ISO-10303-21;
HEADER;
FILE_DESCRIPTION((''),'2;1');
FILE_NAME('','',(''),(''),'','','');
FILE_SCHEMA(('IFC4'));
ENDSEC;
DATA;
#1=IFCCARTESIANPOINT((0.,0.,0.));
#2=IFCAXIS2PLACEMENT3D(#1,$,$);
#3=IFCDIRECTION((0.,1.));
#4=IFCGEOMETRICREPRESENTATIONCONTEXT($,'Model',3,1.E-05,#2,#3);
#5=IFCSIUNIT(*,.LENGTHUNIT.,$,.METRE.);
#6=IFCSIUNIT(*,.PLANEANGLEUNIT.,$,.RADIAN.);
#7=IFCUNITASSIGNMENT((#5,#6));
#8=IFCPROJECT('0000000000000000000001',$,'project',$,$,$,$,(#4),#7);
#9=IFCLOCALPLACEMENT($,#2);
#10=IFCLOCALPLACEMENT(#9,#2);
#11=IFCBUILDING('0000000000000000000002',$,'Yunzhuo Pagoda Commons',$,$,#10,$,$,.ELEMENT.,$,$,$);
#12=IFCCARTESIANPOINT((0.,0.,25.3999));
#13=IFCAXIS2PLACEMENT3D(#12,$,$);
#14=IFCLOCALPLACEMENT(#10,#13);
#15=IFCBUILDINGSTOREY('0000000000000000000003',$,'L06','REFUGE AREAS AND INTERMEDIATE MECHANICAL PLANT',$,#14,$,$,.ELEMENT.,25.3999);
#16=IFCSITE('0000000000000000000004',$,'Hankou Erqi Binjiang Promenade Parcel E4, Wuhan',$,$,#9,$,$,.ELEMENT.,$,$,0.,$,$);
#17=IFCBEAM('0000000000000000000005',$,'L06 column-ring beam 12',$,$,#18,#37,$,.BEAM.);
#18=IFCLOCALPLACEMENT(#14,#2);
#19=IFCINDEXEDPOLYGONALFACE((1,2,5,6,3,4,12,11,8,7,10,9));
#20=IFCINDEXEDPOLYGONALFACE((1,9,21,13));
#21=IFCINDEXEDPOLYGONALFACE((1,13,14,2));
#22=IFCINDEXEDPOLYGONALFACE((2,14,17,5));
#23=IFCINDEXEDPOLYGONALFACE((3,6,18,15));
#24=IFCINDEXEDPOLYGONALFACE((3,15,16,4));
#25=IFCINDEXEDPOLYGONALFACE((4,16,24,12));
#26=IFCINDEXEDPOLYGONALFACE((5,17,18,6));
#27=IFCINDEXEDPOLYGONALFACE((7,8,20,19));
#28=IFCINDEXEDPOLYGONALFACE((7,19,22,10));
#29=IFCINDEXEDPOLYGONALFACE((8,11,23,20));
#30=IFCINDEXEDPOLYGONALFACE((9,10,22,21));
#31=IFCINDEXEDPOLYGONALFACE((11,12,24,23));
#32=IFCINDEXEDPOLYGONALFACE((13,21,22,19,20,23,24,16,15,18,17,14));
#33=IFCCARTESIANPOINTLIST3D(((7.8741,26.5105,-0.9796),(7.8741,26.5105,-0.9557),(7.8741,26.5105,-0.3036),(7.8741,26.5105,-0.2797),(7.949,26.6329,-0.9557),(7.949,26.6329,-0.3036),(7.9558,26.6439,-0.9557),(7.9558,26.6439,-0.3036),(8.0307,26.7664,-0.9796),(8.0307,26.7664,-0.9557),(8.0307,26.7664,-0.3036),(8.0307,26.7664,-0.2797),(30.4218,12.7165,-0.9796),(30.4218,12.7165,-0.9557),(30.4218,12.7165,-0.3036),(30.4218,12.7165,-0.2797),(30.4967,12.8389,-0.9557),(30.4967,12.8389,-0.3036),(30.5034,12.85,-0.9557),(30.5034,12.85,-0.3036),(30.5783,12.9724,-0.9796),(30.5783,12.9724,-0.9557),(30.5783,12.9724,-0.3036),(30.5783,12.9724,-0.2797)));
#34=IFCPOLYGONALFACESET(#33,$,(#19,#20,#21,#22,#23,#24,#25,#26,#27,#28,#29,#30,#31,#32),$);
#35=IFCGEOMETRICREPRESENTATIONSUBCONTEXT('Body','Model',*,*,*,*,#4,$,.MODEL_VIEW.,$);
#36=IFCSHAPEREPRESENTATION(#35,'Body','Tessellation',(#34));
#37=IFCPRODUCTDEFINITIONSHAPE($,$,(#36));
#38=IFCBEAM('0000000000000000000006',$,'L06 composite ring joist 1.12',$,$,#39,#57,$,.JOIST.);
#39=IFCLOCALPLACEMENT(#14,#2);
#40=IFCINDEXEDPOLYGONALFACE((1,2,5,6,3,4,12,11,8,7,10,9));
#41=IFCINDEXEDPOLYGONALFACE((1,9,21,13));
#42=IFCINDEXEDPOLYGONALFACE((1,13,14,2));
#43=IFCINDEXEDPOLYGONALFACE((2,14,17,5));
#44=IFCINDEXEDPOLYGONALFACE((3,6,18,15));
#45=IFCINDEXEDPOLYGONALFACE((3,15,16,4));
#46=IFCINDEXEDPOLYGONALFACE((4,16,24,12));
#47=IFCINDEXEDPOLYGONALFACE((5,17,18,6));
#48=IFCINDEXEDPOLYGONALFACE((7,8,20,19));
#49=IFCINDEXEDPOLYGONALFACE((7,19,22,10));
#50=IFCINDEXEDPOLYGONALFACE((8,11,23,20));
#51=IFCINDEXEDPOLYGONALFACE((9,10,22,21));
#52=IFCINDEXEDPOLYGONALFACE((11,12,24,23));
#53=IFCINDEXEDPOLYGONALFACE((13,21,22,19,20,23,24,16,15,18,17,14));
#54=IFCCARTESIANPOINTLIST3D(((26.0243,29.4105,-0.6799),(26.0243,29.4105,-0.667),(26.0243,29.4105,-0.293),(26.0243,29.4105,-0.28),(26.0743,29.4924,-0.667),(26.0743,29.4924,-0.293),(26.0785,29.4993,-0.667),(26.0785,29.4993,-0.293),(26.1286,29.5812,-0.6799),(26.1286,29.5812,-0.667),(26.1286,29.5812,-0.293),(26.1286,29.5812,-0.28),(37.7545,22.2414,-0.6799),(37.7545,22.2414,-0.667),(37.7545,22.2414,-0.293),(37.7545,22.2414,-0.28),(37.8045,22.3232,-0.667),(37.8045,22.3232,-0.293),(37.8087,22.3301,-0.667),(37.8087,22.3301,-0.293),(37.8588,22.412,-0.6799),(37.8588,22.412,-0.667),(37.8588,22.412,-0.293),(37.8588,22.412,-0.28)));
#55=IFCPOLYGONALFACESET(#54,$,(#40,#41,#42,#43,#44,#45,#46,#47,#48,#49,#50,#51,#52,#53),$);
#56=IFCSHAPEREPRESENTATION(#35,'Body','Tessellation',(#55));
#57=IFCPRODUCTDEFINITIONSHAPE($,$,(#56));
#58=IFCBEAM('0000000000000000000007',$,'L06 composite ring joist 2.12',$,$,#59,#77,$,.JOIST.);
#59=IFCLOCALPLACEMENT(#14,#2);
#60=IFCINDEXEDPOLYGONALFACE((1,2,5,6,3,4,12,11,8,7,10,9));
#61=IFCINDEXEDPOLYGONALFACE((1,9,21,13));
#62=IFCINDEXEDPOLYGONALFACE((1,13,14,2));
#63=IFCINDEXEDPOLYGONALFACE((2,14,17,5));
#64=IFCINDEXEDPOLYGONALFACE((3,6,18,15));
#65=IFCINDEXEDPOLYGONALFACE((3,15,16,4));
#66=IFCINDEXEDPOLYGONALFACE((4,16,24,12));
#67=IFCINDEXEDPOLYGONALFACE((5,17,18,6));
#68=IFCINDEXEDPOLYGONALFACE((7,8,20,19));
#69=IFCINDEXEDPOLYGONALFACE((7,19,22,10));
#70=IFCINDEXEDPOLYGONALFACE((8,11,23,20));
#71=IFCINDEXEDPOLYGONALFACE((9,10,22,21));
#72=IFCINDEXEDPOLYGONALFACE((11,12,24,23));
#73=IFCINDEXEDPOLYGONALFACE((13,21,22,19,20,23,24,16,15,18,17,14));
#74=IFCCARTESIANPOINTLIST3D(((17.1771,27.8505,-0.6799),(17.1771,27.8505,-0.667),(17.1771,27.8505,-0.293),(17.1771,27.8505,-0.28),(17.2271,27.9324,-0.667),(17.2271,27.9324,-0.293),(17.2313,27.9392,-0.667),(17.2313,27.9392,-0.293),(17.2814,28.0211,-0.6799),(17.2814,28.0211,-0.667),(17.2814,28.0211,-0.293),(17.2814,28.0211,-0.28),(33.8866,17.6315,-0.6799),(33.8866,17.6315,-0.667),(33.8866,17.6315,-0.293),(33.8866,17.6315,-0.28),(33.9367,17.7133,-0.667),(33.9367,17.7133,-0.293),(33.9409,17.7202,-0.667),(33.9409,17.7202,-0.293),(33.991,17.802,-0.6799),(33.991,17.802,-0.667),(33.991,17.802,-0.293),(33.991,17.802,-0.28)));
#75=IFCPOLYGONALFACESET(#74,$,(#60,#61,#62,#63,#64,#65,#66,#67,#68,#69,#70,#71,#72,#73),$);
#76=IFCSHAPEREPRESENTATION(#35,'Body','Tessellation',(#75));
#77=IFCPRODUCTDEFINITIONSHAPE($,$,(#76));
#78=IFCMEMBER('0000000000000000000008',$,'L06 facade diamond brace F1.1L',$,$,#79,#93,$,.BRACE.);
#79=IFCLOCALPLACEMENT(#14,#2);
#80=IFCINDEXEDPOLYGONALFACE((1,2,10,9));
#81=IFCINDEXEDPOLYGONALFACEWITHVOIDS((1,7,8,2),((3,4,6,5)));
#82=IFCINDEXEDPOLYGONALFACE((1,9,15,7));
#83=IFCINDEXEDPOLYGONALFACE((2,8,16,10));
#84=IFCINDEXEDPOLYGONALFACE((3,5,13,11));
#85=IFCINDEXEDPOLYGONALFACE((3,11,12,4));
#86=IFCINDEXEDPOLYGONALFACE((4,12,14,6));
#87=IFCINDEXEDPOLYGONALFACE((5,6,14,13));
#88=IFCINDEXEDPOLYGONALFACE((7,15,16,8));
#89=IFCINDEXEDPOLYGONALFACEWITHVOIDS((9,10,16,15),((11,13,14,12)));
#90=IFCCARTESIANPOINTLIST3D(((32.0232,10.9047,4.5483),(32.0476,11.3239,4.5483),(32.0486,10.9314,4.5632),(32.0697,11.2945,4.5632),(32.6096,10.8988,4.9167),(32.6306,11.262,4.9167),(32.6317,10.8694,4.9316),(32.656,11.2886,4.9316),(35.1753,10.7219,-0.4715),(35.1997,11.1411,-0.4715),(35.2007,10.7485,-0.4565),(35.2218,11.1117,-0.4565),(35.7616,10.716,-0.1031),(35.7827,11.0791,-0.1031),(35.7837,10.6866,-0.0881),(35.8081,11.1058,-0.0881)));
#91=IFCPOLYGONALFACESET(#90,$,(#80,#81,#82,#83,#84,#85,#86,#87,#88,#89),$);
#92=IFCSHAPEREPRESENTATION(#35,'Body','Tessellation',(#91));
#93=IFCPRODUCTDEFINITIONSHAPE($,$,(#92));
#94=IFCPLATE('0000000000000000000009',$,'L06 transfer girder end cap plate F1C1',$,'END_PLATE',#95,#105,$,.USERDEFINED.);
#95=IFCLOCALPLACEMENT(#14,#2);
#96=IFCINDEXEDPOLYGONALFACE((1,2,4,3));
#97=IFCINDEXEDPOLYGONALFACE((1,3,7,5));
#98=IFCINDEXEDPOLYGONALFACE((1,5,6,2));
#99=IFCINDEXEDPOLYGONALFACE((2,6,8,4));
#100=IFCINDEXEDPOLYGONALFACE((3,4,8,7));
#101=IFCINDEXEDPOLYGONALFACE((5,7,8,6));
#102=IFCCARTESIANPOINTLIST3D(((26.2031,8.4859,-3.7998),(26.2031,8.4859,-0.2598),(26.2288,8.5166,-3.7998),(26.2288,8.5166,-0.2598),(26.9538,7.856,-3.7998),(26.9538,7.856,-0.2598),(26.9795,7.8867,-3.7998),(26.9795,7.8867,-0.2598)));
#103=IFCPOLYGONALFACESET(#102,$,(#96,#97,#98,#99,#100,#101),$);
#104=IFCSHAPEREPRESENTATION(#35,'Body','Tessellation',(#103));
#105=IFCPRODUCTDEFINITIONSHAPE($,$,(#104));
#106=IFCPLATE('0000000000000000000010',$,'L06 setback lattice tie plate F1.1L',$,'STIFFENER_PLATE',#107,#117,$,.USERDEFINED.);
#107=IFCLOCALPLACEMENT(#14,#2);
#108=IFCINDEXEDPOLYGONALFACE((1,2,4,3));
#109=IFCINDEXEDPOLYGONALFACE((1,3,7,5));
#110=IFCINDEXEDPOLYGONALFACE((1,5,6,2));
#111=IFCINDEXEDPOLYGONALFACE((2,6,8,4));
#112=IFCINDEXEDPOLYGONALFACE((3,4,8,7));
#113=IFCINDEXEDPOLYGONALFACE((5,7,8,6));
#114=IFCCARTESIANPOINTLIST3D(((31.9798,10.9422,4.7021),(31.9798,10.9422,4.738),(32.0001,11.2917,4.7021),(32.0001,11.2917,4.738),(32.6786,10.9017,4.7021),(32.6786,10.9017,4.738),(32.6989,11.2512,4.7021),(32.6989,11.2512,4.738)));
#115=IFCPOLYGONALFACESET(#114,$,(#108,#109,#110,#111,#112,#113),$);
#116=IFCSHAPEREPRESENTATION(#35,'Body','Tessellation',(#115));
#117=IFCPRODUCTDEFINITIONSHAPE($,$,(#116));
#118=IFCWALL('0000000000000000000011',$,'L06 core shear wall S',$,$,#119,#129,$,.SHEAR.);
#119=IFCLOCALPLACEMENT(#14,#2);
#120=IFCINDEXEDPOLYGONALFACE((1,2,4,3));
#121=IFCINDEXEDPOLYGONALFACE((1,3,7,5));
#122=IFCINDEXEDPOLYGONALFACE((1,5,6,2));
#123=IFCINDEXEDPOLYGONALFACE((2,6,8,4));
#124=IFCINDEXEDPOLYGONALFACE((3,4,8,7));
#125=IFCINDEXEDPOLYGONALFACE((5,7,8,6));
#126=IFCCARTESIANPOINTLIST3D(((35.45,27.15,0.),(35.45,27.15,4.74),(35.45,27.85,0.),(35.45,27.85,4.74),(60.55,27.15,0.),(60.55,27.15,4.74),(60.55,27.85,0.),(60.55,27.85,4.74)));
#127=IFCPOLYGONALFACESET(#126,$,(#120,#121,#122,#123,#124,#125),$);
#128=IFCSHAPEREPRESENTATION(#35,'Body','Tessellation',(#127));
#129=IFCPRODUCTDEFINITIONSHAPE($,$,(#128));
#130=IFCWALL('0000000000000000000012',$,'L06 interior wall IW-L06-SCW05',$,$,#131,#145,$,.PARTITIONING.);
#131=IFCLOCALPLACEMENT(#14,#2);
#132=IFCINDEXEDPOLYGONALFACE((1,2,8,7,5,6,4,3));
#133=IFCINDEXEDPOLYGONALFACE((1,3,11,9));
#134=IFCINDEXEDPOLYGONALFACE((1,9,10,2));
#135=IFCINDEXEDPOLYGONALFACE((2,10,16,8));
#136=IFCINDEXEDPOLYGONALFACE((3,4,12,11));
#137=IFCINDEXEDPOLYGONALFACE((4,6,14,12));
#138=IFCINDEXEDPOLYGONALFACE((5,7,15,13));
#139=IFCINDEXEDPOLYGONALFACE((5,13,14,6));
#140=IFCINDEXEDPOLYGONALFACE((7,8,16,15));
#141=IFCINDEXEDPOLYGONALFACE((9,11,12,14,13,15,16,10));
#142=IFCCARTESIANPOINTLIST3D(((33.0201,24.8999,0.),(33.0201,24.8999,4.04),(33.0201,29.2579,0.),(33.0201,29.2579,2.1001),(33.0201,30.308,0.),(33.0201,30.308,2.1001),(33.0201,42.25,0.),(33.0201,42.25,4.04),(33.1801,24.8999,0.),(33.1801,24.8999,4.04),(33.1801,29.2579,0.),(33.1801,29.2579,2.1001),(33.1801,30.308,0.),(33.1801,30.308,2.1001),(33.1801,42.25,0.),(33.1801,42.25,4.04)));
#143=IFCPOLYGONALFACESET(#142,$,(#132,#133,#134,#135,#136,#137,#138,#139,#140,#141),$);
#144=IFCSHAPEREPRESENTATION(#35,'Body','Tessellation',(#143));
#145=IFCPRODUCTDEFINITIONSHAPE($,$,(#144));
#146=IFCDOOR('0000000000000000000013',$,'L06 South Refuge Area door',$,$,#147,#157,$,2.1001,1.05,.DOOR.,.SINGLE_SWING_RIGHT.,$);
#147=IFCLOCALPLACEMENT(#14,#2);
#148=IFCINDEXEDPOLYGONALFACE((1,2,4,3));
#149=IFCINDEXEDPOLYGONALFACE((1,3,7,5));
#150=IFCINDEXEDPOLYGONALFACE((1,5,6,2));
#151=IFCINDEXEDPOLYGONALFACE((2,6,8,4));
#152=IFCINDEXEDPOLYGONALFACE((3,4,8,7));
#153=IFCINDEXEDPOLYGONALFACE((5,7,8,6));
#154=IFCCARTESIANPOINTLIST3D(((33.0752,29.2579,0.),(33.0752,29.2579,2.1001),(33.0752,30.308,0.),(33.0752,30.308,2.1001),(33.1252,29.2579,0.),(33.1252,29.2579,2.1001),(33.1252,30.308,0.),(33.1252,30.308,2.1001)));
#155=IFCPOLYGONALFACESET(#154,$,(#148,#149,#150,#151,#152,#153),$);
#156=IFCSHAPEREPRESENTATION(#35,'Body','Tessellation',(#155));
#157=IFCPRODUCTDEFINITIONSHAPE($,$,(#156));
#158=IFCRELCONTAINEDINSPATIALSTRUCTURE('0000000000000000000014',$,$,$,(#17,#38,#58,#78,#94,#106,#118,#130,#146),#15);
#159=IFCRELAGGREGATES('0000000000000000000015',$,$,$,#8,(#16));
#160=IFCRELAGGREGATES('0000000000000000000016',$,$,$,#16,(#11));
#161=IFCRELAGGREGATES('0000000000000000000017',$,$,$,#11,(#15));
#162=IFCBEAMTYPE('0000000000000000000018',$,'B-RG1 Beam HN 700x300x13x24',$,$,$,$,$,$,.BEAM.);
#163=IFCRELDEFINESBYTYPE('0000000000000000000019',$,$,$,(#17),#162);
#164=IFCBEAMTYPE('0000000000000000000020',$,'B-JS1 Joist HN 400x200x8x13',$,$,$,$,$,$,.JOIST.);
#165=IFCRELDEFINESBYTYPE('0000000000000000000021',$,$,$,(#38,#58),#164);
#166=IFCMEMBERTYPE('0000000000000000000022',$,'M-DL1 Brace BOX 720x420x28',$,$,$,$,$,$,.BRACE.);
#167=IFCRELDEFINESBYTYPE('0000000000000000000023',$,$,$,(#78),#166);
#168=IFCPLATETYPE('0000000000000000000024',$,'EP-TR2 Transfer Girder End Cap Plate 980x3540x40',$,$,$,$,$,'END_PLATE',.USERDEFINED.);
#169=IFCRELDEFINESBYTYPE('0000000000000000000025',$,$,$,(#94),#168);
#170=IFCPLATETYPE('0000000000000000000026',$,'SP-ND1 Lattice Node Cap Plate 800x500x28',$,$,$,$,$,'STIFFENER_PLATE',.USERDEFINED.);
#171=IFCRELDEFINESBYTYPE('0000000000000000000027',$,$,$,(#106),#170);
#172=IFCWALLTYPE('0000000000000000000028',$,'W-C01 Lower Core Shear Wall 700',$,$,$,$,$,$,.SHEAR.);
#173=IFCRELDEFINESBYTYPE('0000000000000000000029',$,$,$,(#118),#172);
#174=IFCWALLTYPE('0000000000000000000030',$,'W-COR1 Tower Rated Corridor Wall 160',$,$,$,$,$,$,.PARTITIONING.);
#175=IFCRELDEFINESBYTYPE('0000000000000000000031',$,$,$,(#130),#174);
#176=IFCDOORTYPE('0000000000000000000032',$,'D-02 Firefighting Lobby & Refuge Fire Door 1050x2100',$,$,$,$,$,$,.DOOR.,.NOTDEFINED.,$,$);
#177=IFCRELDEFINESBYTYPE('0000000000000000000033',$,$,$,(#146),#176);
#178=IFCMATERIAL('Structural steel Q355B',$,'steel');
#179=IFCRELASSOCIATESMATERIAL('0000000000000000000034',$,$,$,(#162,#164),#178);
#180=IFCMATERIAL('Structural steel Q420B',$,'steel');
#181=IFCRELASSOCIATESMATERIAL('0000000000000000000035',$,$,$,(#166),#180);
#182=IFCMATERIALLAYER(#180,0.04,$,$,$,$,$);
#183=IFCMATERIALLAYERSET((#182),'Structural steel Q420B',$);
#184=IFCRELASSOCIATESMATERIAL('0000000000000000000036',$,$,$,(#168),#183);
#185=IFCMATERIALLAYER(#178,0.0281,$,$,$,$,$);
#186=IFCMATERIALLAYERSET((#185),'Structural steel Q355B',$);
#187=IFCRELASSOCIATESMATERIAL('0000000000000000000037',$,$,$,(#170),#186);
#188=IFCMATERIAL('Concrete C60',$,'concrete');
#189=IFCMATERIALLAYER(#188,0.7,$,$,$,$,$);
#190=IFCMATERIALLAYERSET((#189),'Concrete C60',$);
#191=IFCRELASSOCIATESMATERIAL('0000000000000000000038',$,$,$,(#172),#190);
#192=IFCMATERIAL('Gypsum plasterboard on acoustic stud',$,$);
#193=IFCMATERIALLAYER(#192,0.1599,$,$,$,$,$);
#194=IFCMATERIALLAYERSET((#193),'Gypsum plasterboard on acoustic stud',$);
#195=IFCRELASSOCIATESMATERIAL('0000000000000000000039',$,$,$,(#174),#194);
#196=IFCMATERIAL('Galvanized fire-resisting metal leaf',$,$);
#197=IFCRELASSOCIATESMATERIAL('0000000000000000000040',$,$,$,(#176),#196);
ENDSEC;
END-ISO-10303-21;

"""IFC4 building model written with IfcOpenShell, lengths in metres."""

from ifc_helpers import new_model, si_unit, direction, frame, frame_2d, origin, origin_with_axes, origin_2d, place, context, subcontext, project, spatial, rectangle, hollow_rectangle, i_section, extrude, source, transform, mapped, material, layer, layer_set, material_profile, profile_set, type_object, element, fill, save


model = new_model("IFC4")

# Units and contexts
model_context = context("Model", 3, precision=1e-05, world=origin(), true_north=direction((0.0, 1.0)))
body_context = subcontext(model_context, "Body", "Model", "MODEL_VIEW")
ifc_project = project(units=[si_unit("LENGTHUNIT", "METRE"), si_unit("PLANEANGLEUNIT", "RADIAN")], contexts=[model_context])

# Site, building, storey
site_placement = place(None, origin())
site = spatial("IfcSite", under=ifc_project, at=site_placement, Name="Hankou Erqi Binjiang Promenade Parcel E4, Wuhan", CompositionType="ELEMENT", RefElevation=0.0)
building_placement = place(site_placement, origin())
building = spatial("IfcBuilding", under=site, at=building_placement, Name="Yunzhuo Pagoda Commons", CompositionType="ELEMENT")
storey_placement = place(building_placement, frame((0.0, 0.0, 25.3999)))
storey = spatial("IfcBuildingStorey", under=building, at=storey_placement, Name="L06", Description="REFUGE AREAS AND INTERMEDIATE MECHANICAL PLANT", CompositionType="ELEMENT", Elevation=25.3999)

# Shared definitions
ifc_material_1 = material(Name="Structural steel Q420B", Category="steel")

# Beams
ifc_material_2 = material(Name="Structural steel Q355B", Category="steel")
ifc_material_profile_1 = material_profile(ifc_material_2, i_section(OverallWidth=0.3, OverallDepth=0.7, WebThickness=0.0129, FlangeThickness=0.0239, at=origin_2d()), Name="Structural steel Q355B")
ifc_profile_set_1 = profile_set([ifc_material_profile_1], Name="Structural steel Q355B")
beam_type_1 = type_object("IfcBeamType", Name="B-RG1 Beam HN 700x300x13x24", PredefinedType="BEAM", material=ifc_profile_set_1)
ifc_material_profile_2 = material_profile(ifc_material_2, i_section(OverallWidth=0.2, OverallDepth=0.3999, WebThickness=0.0081, FlangeThickness=0.0129, at=origin_2d()), Name="Structural steel Q355B")
ifc_profile_set_2 = profile_set([ifc_material_profile_2], Name="Structural steel Q355B")
beam_type_2 = type_object("IfcBeamType", Name="B-JS1 Joist HN 400x200x8x13", PredefinedType="JOIST", material=ifc_profile_set_2)
shared_shape_1 = source(origin(), body_context, "Body", "SweptSolid", [
    extrude(i_section(OverallWidth=0.3, OverallDepth=0.7, WebThickness=0.0129, FlangeThickness=0.0239, at=origin_2d()), origin(), (0.0, 0.0, 1.0), 26.4324),
])
beam_1_placement = place(storey_placement, frame((7.9524, 26.6384, -0.6296), z_axis=(0.853032, -0.521859, 0.0), x_axis=(0.521859, 0.853032, 0.0)))
element("IfcBeam", 1, at=beam_1_placement, inside=storey, type_object=beam_type_1, Name="L06 column-ring beam 12", PredefinedType="BEAM", context=body_context, shape_type="MappedRepresentation", body=[
    mapped(shared_shape_1, transform((0.0, 0.0, 0.0), scale=1.0)),
])
shared_shape_2 = source(origin(), body_context, "Body", "SweptSolid", [
    extrude(i_section(OverallWidth=0.2, OverallDepth=0.3999, WebThickness=0.0081, FlangeThickness=0.0129, at=origin_2d()), origin(), (0.0, 0.0, 1.0), 13.7476),
])
beam_2_placement = place(storey_placement, frame((26.0764, 29.4958, -0.48), z_axis=(0.853259, -0.521488, 0.0), x_axis=(0.521488, 0.853259, 0.0)))
element("IfcBeam", 2, at=beam_2_placement, inside=storey, type_object=beam_type_2, Name="L06 composite ring joist 1.12", PredefinedType="JOIST", context=body_context, shape_type="MappedRepresentation", body=[
    mapped(shared_shape_2, transform((0.0, 0.0, 0.0), scale=1.0)),
])
shared_shape_3 = source(origin(), body_context, "Body", "SweptSolid", [
    extrude(i_section(OverallWidth=0.2, OverallDepth=0.3999, WebThickness=0.0081, FlangeThickness=0.0129, at=origin_2d()), origin(), (0.0, 0.0, 1.0), 19.5867),
])
beam_3_placement = place(storey_placement, frame((17.2292, 27.9358, -0.48), z_axis=(0.853108, -0.521734, 0.0), x_axis=(0.521734, 0.853108, 0.0)))
element("IfcBeam", 3, at=beam_3_placement, inside=storey, type_object=beam_type_2, Name="L06 composite ring joist 2.12", PredefinedType="JOIST", context=body_context, shape_type="MappedRepresentation", body=[
    mapped(shared_shape_3, transform((0.0, 0.0, 0.0), scale=1.0)),
])

# Member
ifc_material_profile_3 = material_profile(ifc_material_1, hollow_rectangle(XDim=0.4199, YDim=0.72, WallThickness=0.0281, at=origin_2d()), Name="Structural steel Q420B")
ifc_profile_set_3 = profile_set([ifc_material_profile_3], Name="Structural steel Q420B")
member_type = type_object("IfcMemberType", Name="M-DL1 Brace BOX 720x420x28", PredefinedType="BRACE", material=ifc_profile_set_3)
shared_shape_4 = source(origin(), body_context, "Body", "SweptSolid", [
    extrude(hollow_rectangle(XDim=0.4199, YDim=0.72, WallThickness=0.0281, at=origin_2d()), origin(), (0.0, 0.0, 1.0), 5.9302),
])
member_placement = place(storey_placement, frame((35.4917, 10.9138, -0.2798), z_axis=(-0.531533, 0.030836, 0.846476), x_axis=(-0.057915, -0.998322, 0.0)))
element("IfcMember", 4, at=member_placement, inside=storey, type_object=member_type, Name="L06 facade diamond brace F1.1L", PredefinedType="BRACE", context=body_context, shape_type="MappedRepresentation", body=[
    mapped(shared_shape_4, transform((0.0, 0.0, 0.0), scale=1.0)),
])

# Plates
ifc_layer_1 = layer(ifc_material_1, 0.04)
ifc_layer_set_1 = layer_set([ifc_layer_1], Name="Structural steel Q420B")
plate_type_1 = type_object("IfcPlateType", Name="EP-TR2 Transfer Girder End Cap Plate 980x3540x40", ElementType="END_PLATE", PredefinedType="USERDEFINED", material=ifc_layer_set_1)
shared_shape_5 = source(origin(), body_context, "Body", "SweptSolid", [
    extrude(rectangle(XDim=0.98, YDim=0.04, at=origin_2d()), origin(), (0.0, 0.0, 1.0), 3.54),
])
plate_1_placement = place(storey_placement, frame((26.5913, 8.1863, -3.7998), z_axis=(0.0, 0.0, 1.0), x_axis=(0.766044, -0.642788, 0.0)))
element("IfcPlate", 5, at=plate_1_placement, inside=storey, type_object=plate_type_1, Name="L06 transfer girder end cap plate F1C1", ObjectType="END_PLATE", PredefinedType="USERDEFINED", context=body_context, shape_type="MappedRepresentation", body=[
    mapped(shared_shape_5, transform((0.0, 0.0, 0.0), scale=1.0)),
])
ifc_layer_2 = layer(ifc_material_2, 0.0281)
ifc_layer_set_2 = layer_set([ifc_layer_2], Name="Structural steel Q355B")
plate_type_2 = type_object("IfcPlateType", Name="SP-ND1 Lattice Node Cap Plate 800x500x28", ElementType="STIFFENER_PLATE", PredefinedType="USERDEFINED", material=ifc_layer_set_2)
shared_shape_6 = source(origin(), body_context, "Body", "SweptSolid", [
    extrude(rectangle(XDim=0.7, YDim=0.3501, at=origin_2d()), origin(), (0.0, 0.0, 1.0), 0.0359),
])
plate_2_placement = place(storey_placement, frame((32.3394, 11.0967, 4.7021), z_axis=(0.0, 0.0, 1.0), x_axis=(0.998323, -0.057895, 0.0)))
element("IfcPlate", 6, at=plate_2_placement, inside=storey, type_object=plate_type_2, Name="L06 setback lattice tie plate F1.1L", ObjectType="STIFFENER_PLATE", PredefinedType="USERDEFINED", context=body_context, shape_type="MappedRepresentation", body=[
    mapped(shared_shape_6, transform((0.0, 0.0, 0.0), scale=1.0)),
])

# Wall
ifc_material_3 = material(Name="Concrete C60", Category="concrete")
ifc_layer_3 = layer(ifc_material_3, 0.7)
ifc_layer_set_3 = layer_set([ifc_layer_3], Name="Concrete C60")
wall_type_1 = type_object("IfcWallType", Name="W-C01 Lower Core Shear Wall 700", PredefinedType="SHEAR", material=ifc_layer_set_3)
wall_1_placement = place(storey_placement, frame((35.45, 27.5, 0.0), z_axis=(0.0, 0.0, 1.0), x_axis=(1.0, 0.0, 0.0)))
element("IfcWall", 7, at=wall_1_placement, inside=storey, type_object=wall_type_1, Name="L06 core shear wall S", PredefinedType="SHEAR", context=body_context, shape_type="SweptSolid", body=[
    extrude(rectangle(XDim=25.1001, YDim=0.7, at=frame_2d((12.55, 0.0))), origin(), (0.0, 0.0, 1.0), 4.74),
])

# Wall, opening, door
ifc_material_4 = material(Name="Gypsum plasterboard on acoustic stud")
ifc_layer_4 = layer(ifc_material_4, 0.1599)
ifc_layer_set_4 = layer_set([ifc_layer_4], Name="Gypsum plasterboard on acoustic stud")
wall_type_2 = type_object("IfcWallType", Name="W-COR1 Tower Rated Corridor Wall 160", PredefinedType="PARTITIONING", material=ifc_layer_set_4)
wall_2_placement = place(storey_placement, frame((33.1001, 24.8999, 0.0), z_axis=(0.0, 0.0, 1.0), x_axis=(0.0, 1.0, 0.0)))
wall_2 = element("IfcWall", 8, at=wall_2_placement, inside=storey, type_object=wall_type_2, Name="L06 interior wall IW-L06-SCW05", PredefinedType="PARTITIONING", context=body_context, shape_type="SweptSolid", body=[
    extrude(rectangle(XDim=17.3501, YDim=0.1599, at=frame_2d((8.675, 0.0))), origin(), (0.0, 0.0, 1.0), 4.04),
])
opening_placement = place(wall_2_placement, frame((4.3582, 0.0, 0.0)))
opening = element("IfcOpeningElement", 9, at=opening_placement, cuts=wall_2, PredefinedType="OPENING", context=body_context, shape_type="SweptSolid", body=[
    extrude(rectangle(XDim=1.05, YDim=2.1001, at=frame_2d((0.5249, 1.05))), frame((0.0, 0.0898, 0.0), z_axis=(0.0, -1.0, 0.0), x_axis=(1.0, 0.0, 0.0)), (0.0, 0.0, 1.0), 0.1799),
])
ifc_material_5 = material(Name="Galvanized fire-resisting metal leaf")
door_type = type_object("IfcDoorType", Name="D-02 Firefighting Lobby & Refuge Fire Door 1050x2100", OperationType="NOTDEFINED", PredefinedType="DOOR", material=ifc_material_5)
shared_shape_7 = source(origin(), body_context, "Body", "SweptSolid", [
    extrude(rectangle(XDim=1.05, YDim=2.1001, at=frame_2d((0.5249, 1.05))), frame((0.0, 0.0249, 0.0), z_axis=(0.0, -1.0, 0.0), x_axis=(1.0, 0.0, 0.0)), (0.0, 0.0, 1.0), 0.05),
])
door_placement = place(opening_placement, origin_with_axes())
door = element("IfcDoor", 10, at=door_placement, inside=storey, type_object=door_type, Name="L06 South Refuge Area door", OperationType="SINGLE_SWING_RIGHT", OverallHeight=2.1001, OverallWidth=1.05, PredefinedType="DOOR", context=body_context, shape_type="MappedRepresentation", body=[
    mapped(shared_shape_7, transform((0.0, 0.0, 0.0), scale=1.0)),
])
fill(opening, door)

save(model, "model.ifc")
